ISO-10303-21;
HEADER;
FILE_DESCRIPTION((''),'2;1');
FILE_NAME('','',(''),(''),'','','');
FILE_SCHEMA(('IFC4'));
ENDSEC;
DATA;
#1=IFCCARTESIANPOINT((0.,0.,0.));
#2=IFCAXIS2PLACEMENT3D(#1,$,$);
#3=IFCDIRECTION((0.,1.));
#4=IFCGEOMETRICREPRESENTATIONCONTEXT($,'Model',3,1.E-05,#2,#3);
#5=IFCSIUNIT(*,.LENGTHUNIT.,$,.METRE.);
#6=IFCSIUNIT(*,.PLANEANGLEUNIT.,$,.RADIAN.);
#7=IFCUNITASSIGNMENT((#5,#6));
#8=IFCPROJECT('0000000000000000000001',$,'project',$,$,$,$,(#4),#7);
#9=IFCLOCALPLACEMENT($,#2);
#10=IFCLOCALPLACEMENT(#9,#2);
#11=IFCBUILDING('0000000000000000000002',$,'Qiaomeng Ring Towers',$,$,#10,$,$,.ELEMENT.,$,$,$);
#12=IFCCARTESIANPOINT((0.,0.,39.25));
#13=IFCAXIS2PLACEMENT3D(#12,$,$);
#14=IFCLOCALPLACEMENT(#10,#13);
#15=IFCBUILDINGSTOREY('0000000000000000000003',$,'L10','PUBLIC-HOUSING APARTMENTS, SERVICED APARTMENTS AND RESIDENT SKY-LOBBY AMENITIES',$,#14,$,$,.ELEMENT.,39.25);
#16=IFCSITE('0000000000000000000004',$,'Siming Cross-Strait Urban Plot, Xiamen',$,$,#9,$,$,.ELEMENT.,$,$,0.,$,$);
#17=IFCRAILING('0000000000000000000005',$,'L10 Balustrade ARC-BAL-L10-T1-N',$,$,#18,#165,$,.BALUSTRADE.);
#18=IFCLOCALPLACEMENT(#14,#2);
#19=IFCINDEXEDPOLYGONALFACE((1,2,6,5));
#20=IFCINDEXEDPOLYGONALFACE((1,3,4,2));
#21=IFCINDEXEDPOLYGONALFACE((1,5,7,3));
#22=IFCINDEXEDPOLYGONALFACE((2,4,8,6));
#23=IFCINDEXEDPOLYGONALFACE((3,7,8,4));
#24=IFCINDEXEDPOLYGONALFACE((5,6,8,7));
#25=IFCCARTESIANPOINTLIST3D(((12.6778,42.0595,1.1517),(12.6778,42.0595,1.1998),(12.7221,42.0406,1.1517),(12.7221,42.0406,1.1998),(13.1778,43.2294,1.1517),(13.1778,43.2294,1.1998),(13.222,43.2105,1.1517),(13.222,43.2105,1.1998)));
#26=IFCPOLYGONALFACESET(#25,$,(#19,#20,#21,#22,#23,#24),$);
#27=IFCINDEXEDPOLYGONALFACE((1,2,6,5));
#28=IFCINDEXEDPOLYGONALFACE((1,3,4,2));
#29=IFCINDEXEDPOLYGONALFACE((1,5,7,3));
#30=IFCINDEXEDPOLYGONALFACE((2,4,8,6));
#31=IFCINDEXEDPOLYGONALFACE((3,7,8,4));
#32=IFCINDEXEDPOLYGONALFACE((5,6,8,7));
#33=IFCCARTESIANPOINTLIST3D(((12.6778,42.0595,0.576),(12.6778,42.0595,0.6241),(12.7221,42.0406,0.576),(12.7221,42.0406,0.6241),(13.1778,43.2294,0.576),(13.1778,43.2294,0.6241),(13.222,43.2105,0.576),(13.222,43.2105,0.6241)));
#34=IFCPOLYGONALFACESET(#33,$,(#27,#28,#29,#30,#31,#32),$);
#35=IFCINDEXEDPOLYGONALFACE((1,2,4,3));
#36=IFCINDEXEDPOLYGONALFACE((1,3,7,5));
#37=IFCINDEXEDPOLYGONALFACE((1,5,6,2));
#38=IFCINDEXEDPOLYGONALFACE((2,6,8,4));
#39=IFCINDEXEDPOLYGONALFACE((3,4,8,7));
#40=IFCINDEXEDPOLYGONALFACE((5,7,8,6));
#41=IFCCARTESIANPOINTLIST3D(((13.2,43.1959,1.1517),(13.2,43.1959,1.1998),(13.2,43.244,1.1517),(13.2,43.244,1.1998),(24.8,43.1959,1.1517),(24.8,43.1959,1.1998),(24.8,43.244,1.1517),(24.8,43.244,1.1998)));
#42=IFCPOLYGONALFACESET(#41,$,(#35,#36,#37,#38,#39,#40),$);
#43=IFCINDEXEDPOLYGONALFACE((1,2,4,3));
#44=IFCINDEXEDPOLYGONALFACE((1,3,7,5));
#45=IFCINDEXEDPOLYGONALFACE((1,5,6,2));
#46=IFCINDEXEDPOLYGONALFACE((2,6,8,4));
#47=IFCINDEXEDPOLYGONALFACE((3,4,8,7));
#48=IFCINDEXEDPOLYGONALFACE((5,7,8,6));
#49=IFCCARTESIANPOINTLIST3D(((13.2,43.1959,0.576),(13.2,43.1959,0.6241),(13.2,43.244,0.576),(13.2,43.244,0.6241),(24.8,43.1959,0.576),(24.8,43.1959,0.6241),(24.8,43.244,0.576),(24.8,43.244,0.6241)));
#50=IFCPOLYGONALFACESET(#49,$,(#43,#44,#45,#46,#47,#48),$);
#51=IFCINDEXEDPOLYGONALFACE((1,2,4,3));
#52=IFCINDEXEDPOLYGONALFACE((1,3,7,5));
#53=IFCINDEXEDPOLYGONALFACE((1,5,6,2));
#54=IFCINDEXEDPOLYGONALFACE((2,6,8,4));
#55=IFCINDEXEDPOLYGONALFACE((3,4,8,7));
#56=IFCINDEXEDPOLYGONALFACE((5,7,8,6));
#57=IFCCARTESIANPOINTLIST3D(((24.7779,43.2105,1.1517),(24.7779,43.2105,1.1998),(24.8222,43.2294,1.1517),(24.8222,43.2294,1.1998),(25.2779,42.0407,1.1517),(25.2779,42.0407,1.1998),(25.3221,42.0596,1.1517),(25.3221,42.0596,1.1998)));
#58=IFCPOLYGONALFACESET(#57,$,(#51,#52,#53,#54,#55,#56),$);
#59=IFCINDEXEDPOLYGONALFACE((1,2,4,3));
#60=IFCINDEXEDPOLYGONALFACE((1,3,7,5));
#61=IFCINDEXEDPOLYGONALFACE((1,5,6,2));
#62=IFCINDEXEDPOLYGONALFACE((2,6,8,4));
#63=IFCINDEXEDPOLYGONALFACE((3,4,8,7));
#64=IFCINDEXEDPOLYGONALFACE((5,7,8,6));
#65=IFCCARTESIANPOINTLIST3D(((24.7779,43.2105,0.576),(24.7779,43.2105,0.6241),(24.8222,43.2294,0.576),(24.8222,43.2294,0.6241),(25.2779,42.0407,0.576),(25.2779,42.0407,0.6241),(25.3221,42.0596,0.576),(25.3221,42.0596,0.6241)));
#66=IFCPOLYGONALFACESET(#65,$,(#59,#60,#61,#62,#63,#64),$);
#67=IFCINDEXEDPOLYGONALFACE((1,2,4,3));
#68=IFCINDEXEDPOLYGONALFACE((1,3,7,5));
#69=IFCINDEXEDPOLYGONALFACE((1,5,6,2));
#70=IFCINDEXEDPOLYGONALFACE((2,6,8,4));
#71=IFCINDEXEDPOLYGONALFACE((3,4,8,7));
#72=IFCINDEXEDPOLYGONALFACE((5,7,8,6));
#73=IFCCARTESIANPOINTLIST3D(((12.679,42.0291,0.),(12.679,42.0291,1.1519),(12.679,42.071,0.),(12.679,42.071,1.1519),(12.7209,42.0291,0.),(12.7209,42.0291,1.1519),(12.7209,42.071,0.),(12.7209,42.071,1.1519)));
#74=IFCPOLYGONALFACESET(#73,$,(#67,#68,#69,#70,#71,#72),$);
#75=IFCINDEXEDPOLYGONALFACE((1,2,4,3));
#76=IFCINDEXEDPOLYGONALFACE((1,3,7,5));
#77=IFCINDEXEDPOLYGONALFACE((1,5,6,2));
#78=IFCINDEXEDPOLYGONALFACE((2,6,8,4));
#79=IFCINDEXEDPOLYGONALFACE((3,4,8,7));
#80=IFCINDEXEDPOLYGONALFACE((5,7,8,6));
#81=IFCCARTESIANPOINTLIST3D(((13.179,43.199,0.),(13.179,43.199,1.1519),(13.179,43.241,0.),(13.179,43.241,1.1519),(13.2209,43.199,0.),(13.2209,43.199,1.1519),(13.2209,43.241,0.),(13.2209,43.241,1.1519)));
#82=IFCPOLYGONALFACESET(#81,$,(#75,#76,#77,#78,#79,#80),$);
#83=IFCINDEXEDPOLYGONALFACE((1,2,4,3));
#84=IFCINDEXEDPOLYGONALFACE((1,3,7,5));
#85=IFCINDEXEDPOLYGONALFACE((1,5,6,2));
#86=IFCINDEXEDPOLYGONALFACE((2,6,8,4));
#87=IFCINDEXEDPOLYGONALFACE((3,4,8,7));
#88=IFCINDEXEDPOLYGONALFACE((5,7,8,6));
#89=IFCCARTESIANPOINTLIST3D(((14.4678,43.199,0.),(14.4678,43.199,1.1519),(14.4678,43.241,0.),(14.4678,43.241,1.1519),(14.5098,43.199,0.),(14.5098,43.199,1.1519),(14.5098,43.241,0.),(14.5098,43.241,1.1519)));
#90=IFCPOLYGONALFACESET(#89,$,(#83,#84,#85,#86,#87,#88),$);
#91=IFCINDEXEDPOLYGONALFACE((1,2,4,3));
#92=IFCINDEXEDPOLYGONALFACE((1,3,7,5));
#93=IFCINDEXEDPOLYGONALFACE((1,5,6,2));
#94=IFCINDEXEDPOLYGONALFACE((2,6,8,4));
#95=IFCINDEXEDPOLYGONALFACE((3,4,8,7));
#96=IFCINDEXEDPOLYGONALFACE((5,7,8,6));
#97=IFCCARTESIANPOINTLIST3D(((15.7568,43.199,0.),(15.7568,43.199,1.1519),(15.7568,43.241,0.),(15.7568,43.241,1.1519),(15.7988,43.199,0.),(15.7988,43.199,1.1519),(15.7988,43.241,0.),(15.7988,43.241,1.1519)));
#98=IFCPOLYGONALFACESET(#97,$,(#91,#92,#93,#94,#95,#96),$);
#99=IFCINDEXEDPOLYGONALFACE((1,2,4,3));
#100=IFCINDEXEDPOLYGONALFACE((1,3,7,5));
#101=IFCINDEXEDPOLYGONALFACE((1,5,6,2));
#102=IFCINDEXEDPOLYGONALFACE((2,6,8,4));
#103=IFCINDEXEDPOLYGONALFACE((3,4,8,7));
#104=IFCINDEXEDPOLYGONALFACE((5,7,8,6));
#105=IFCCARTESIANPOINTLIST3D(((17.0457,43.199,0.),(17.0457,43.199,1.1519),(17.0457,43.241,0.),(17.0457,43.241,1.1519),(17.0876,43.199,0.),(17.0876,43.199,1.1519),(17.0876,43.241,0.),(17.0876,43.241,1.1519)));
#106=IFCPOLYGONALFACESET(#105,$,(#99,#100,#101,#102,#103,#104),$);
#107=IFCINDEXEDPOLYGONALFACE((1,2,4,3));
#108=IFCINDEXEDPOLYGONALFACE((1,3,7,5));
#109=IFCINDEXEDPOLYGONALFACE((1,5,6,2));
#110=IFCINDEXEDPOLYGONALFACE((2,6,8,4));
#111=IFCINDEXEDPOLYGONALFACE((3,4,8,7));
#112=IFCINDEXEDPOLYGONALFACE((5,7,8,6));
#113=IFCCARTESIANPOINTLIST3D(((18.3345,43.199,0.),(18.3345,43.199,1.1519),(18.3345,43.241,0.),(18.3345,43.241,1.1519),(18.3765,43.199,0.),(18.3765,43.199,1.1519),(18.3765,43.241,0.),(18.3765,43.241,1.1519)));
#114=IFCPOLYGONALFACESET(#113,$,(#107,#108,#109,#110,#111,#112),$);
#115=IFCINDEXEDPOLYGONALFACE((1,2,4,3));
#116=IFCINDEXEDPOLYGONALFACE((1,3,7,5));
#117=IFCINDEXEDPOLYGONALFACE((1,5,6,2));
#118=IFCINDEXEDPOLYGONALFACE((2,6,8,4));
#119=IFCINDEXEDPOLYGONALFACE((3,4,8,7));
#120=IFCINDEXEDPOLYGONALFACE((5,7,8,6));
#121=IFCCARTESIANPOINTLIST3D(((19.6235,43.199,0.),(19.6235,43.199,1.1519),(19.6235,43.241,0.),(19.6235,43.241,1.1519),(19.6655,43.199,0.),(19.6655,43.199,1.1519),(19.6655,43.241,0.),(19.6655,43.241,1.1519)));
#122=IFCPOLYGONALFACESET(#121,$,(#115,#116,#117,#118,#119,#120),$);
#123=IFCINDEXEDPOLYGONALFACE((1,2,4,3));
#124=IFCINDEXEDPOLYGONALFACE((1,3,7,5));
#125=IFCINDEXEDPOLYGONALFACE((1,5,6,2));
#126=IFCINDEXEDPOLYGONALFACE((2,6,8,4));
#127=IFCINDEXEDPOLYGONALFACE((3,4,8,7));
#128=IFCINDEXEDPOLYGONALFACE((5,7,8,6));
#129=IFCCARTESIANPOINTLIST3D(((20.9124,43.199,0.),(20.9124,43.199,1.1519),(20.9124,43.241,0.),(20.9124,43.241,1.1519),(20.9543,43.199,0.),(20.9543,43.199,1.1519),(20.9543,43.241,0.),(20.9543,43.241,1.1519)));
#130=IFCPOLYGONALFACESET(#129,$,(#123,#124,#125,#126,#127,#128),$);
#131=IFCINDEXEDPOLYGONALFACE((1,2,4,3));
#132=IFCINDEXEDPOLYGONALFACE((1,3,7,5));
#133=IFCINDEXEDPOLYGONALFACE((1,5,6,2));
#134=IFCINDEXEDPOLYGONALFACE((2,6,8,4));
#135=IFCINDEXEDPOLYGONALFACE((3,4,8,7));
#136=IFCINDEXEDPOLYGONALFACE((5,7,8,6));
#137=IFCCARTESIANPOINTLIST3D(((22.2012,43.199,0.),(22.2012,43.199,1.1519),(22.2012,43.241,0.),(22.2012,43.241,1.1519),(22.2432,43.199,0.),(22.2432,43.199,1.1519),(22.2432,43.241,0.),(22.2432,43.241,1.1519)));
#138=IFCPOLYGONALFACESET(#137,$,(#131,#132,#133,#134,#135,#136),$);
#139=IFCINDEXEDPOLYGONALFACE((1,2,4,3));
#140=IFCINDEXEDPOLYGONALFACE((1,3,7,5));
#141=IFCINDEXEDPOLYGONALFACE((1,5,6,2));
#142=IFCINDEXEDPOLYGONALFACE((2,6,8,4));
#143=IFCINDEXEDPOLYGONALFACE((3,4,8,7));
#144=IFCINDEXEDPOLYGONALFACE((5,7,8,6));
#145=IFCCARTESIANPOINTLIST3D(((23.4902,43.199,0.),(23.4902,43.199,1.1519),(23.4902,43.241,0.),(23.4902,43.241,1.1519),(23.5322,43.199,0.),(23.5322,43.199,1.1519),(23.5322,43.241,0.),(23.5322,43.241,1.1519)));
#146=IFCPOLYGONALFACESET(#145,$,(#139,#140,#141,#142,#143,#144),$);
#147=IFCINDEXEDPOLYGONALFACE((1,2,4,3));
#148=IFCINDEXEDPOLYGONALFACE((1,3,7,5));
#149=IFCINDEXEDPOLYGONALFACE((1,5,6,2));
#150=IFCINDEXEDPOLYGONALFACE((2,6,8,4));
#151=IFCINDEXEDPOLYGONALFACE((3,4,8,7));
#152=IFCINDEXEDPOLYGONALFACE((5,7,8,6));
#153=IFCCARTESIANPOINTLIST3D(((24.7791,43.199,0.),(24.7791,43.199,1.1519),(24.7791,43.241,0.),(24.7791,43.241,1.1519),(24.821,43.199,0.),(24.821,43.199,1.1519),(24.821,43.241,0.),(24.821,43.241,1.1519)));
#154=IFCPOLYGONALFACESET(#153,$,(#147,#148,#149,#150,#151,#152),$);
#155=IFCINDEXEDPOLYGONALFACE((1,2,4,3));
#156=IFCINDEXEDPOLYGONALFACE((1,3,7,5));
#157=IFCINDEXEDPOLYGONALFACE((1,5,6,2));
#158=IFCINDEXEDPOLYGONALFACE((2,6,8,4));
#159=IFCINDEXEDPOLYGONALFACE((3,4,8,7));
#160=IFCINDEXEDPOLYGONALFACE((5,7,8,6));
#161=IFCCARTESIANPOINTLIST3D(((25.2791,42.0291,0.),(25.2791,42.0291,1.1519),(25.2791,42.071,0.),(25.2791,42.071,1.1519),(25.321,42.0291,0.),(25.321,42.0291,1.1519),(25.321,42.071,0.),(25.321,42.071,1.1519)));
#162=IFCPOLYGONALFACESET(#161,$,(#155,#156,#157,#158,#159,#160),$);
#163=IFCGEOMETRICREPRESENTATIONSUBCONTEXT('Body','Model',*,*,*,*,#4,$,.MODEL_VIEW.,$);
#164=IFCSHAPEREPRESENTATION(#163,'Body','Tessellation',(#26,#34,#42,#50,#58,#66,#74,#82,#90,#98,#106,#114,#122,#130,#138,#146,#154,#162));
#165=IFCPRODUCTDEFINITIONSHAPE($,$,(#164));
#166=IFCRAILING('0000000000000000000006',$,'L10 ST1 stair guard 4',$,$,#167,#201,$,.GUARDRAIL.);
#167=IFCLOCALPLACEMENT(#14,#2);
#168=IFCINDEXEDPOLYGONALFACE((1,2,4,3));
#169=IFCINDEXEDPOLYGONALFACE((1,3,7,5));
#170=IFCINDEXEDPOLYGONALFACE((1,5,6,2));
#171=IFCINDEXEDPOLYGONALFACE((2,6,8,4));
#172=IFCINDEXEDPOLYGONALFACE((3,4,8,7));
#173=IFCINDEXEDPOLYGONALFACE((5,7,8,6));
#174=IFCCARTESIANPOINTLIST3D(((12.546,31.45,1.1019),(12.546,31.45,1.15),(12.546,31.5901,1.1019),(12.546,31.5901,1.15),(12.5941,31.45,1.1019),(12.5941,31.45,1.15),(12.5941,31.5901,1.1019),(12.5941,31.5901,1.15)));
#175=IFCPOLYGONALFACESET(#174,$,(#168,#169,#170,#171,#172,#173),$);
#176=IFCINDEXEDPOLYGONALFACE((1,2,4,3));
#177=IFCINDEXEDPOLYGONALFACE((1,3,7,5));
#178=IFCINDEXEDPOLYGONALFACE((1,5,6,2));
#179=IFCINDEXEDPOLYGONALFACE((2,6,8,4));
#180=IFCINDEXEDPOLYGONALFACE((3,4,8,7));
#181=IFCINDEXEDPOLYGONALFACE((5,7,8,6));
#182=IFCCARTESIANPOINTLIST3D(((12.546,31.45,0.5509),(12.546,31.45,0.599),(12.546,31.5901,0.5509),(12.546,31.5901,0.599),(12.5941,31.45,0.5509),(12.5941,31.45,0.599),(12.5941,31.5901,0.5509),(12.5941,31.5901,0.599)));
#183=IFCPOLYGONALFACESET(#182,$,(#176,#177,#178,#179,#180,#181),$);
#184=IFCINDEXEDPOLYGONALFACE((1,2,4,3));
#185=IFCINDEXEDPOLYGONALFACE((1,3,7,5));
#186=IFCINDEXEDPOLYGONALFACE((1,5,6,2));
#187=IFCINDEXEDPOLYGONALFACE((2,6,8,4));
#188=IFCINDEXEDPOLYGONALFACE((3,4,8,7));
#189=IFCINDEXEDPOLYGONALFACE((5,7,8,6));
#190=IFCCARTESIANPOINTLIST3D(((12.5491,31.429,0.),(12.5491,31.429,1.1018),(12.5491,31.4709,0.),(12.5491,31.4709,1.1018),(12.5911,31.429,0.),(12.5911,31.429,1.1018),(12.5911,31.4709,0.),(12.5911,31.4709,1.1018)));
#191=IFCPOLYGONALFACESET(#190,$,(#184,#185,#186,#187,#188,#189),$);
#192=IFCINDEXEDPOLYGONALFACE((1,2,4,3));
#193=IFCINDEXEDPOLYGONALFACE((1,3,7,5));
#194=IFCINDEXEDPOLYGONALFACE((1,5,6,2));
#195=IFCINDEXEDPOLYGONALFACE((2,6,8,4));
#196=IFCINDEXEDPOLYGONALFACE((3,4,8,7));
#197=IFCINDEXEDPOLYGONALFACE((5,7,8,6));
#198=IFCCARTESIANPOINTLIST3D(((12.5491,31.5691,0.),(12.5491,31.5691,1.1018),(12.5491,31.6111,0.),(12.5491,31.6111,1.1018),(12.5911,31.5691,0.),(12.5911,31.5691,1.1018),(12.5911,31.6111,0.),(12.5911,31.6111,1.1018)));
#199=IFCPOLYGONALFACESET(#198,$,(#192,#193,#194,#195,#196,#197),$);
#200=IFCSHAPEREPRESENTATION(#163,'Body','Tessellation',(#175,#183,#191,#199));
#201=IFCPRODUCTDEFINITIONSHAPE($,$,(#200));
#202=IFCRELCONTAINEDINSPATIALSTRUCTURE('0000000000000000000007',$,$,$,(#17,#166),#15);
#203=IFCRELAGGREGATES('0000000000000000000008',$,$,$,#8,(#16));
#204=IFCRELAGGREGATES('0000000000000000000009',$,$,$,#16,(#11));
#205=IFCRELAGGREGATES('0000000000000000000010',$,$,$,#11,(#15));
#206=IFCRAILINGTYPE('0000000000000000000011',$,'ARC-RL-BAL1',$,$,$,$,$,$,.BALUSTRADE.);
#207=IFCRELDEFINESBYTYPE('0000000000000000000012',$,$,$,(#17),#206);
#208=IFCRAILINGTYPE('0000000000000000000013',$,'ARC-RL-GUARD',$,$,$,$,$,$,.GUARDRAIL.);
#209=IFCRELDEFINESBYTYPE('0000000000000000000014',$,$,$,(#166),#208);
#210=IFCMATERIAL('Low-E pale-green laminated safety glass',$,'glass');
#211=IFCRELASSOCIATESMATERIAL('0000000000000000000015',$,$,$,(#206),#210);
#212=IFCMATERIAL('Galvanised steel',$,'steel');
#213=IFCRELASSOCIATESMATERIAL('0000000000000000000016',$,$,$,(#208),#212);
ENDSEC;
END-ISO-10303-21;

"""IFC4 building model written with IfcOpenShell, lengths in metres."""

from ifc_helpers import new_model, si_unit, direction, frame, origin, origin_2d, place, context, subcontext, project, spatial, rectangle, extrude, material, type_object, element, save


model = new_model("IFC4")

# Units and contexts
model_context = context("Model", 3, precision=1e-05, world=origin(), true_north=direction((0.0, 1.0)))
body_context = subcontext(model_context, "Body", "Model", "MODEL_VIEW")
ifc_project = project(units=[si_unit("LENGTHUNIT", "METRE"), si_unit("PLANEANGLEUNIT", "RADIAN")], contexts=[model_context])

# Site, building, storey
site_placement = place(None, origin())
site = spatial("IfcSite", under=ifc_project, at=site_placement, Name="Siming Cross-Strait Urban Plot, Xiamen", CompositionType="ELEMENT", RefElevation=0.0)
building_placement = place(site_placement, origin())
building = spatial("IfcBuilding", under=site, at=building_placement, Name="Qiaomeng Ring Towers", CompositionType="ELEMENT")
storey_placement = place(building_placement, frame((0.0, 0.0, 39.25)))
storey = spatial("IfcBuildingStorey", under=building, at=storey_placement, Name="L10", Description="PUBLIC-HOUSING APARTMENTS, SERVICED APARTMENTS AND RESIDENT SKY-LOBBY AMENITIES", CompositionType="ELEMENT", Elevation=39.25)

# Shared definitions
ifc_material_1 = material(Name="Galvanised steel", Category="steel")

# Railings
ifc_material_2 = material(Name="Low-E pale-green laminated safety glass", Category="glass")
railing_type_1 = type_object("IfcRailingType", Name="ARC-RL-BAL1", PredefinedType="BALUSTRADE", material=ifc_material_2)
railing_1_placement = place(storey_placement, frame((12.7, 42.05, 0.0)))
element("IfcRailing", 1, at=railing_1_placement, inside=storey, type_object=railing_type_1, Name="L10 Balustrade ARC-BAL-L10-T1-N", PredefinedType="BALUSTRADE", context=body_context, shape_type="SweptSolid", body=[
    extrude(rectangle(XDim=0.0481, YDim=0.0481, at=origin_2d()), frame((0.0, 0.0, 1.1758), z_axis=(0.392993, 0.919542, 0.0), x_axis=(-0.919542, 0.392993, 0.0)), (0.0, 0.0, 1.0), 1.2722),
    extrude(rectangle(XDim=0.0481, YDim=0.0481, at=origin_2d()), frame((0.0, 0.0, 0.6001), z_axis=(0.392993, 0.919542, 0.0), x_axis=(-0.919542, 0.392993, 0.0)), (0.0, 0.0, 1.0), 1.2722),
    extrude(rectangle(XDim=0.0481, YDim=0.0481, at=origin_2d()), frame((0.5, 1.1699, 1.1758), z_axis=(1.0, 0.0, 0.0), x_axis=(0.0, 1.0, 0.0)), (0.0, 0.0, 1.0), 11.6001),
    extrude(rectangle(XDim=0.0481, YDim=0.0481, at=origin_2d()), frame((0.5, 1.1699, 0.6001), z_axis=(1.0, 0.0, 0.0), x_axis=(0.0, 1.0, 0.0)), (0.0, 0.0, 1.0), 11.6001),
    extrude(rectangle(XDim=0.0481, YDim=0.0481, at=origin_2d()), frame((12.1001, 1.1699, 1.1758), z_axis=(0.392993, -0.919542, 0.0), x_axis=(0.919542, 0.392993, 0.0)), (0.0, 0.0, 1.0), 1.2722),
    extrude(rectangle(XDim=0.0481, YDim=0.0481, at=origin_2d()), frame((12.1001, 1.1699, 0.6001), z_axis=(0.392993, -0.919542, 0.0), x_axis=(0.919542, 0.392993, 0.0)), (0.0, 0.0, 1.0), 1.2722),
    extrude(rectangle(XDim=0.042, YDim=0.042, at=origin_2d()), origin(), (0.0, 0.0, 1.0), 1.1519),
    extrude(rectangle(XDim=0.042, YDim=0.042, at=origin_2d()), frame((0.5, 1.1699, 0.0)), (0.0, 0.0, 1.0), 1.1519),
    extrude(rectangle(XDim=0.042, YDim=0.042, at=origin_2d()), frame((1.7888, 1.1699, 0.0)), (0.0, 0.0, 1.0), 1.1519),
    extrude(rectangle(XDim=0.042, YDim=0.042, at=origin_2d()), frame((3.0779, 1.1699, 0.0)), (0.0, 0.0, 1.0), 1.1519),
    extrude(rectangle(XDim=0.042, YDim=0.042, at=origin_2d()), frame((4.3667, 1.1699, 0.0)), (0.0, 0.0, 1.0), 1.1519),
    extrude(rectangle(XDim=0.042, YDim=0.042, at=origin_2d()), frame((5.6555, 1.1699, 0.0)), (0.0, 0.0, 1.0), 1.1519),
    extrude(rectangle(XDim=0.042, YDim=0.042, at=origin_2d()), frame((6.9446, 1.1699, 0.0)), (0.0, 0.0, 1.0), 1.1519),
    extrude(rectangle(XDim=0.042, YDim=0.042, at=origin_2d()), frame((8.2334, 1.1699, 0.0)), (0.0, 0.0, 1.0), 1.1519),
    extrude(rectangle(XDim=0.042, YDim=0.042, at=origin_2d()), frame((9.5222, 1.1699, 0.0)), (0.0, 0.0, 1.0), 1.1519),
    extrude(rectangle(XDim=0.042, YDim=0.042, at=origin_2d()), frame((10.8113, 1.1699, 0.0)), (0.0, 0.0, 1.0), 1.1519),
    extrude(rectangle(XDim=0.042, YDim=0.042, at=origin_2d()), frame((12.1001, 1.1699, 0.0)), (0.0, 0.0, 1.0), 1.1519),
    extrude(rectangle(XDim=0.042, YDim=0.042, at=origin_2d()), frame((12.6001, 0.0, 0.0)), (0.0, 0.0, 1.0), 1.1519),
])
railing_type_2 = type_object("IfcRailingType", Name="ARC-RL-GUARD", PredefinedType="GUARDRAIL", material=ifc_material_1)
railing_2_placement = place(storey_placement, frame((12.5701, 31.45, 0.0)))
element("IfcRailing", 2, at=railing_2_placement, inside=storey, type_object=railing_type_2, Name="L10 ST1 stair guard 4", PredefinedType="GUARDRAIL", context=body_context, shape_type="SweptSolid", body=[
    extrude(rectangle(XDim=0.0481, YDim=0.0481, at=origin_2d()), frame((0.0, 0.0, 1.126), z_axis=(0.0, 1.0, 0.0), x_axis=(-1.0, 0.0, 0.0)), (0.0, 0.0, 1.0), 0.1401),
    extrude(rectangle(XDim=0.0481, YDim=0.0481, at=origin_2d()), frame((0.0, 0.0, 0.575), z_axis=(0.0, 1.0, 0.0), x_axis=(-1.0, 0.0, 0.0)), (0.0, 0.0, 1.0), 0.1401),
    extrude(rectangle(XDim=0.042, YDim=0.042, at=origin_2d()), origin(), (0.0, 0.0, 1.0), 1.1018),
    extrude(rectangle(XDim=0.042, YDim=0.042, at=origin_2d()), frame((0.0, 0.1401, 0.0)), (0.0, 0.0, 1.0), 1.1018),
])

save(model, "model.ifc")
